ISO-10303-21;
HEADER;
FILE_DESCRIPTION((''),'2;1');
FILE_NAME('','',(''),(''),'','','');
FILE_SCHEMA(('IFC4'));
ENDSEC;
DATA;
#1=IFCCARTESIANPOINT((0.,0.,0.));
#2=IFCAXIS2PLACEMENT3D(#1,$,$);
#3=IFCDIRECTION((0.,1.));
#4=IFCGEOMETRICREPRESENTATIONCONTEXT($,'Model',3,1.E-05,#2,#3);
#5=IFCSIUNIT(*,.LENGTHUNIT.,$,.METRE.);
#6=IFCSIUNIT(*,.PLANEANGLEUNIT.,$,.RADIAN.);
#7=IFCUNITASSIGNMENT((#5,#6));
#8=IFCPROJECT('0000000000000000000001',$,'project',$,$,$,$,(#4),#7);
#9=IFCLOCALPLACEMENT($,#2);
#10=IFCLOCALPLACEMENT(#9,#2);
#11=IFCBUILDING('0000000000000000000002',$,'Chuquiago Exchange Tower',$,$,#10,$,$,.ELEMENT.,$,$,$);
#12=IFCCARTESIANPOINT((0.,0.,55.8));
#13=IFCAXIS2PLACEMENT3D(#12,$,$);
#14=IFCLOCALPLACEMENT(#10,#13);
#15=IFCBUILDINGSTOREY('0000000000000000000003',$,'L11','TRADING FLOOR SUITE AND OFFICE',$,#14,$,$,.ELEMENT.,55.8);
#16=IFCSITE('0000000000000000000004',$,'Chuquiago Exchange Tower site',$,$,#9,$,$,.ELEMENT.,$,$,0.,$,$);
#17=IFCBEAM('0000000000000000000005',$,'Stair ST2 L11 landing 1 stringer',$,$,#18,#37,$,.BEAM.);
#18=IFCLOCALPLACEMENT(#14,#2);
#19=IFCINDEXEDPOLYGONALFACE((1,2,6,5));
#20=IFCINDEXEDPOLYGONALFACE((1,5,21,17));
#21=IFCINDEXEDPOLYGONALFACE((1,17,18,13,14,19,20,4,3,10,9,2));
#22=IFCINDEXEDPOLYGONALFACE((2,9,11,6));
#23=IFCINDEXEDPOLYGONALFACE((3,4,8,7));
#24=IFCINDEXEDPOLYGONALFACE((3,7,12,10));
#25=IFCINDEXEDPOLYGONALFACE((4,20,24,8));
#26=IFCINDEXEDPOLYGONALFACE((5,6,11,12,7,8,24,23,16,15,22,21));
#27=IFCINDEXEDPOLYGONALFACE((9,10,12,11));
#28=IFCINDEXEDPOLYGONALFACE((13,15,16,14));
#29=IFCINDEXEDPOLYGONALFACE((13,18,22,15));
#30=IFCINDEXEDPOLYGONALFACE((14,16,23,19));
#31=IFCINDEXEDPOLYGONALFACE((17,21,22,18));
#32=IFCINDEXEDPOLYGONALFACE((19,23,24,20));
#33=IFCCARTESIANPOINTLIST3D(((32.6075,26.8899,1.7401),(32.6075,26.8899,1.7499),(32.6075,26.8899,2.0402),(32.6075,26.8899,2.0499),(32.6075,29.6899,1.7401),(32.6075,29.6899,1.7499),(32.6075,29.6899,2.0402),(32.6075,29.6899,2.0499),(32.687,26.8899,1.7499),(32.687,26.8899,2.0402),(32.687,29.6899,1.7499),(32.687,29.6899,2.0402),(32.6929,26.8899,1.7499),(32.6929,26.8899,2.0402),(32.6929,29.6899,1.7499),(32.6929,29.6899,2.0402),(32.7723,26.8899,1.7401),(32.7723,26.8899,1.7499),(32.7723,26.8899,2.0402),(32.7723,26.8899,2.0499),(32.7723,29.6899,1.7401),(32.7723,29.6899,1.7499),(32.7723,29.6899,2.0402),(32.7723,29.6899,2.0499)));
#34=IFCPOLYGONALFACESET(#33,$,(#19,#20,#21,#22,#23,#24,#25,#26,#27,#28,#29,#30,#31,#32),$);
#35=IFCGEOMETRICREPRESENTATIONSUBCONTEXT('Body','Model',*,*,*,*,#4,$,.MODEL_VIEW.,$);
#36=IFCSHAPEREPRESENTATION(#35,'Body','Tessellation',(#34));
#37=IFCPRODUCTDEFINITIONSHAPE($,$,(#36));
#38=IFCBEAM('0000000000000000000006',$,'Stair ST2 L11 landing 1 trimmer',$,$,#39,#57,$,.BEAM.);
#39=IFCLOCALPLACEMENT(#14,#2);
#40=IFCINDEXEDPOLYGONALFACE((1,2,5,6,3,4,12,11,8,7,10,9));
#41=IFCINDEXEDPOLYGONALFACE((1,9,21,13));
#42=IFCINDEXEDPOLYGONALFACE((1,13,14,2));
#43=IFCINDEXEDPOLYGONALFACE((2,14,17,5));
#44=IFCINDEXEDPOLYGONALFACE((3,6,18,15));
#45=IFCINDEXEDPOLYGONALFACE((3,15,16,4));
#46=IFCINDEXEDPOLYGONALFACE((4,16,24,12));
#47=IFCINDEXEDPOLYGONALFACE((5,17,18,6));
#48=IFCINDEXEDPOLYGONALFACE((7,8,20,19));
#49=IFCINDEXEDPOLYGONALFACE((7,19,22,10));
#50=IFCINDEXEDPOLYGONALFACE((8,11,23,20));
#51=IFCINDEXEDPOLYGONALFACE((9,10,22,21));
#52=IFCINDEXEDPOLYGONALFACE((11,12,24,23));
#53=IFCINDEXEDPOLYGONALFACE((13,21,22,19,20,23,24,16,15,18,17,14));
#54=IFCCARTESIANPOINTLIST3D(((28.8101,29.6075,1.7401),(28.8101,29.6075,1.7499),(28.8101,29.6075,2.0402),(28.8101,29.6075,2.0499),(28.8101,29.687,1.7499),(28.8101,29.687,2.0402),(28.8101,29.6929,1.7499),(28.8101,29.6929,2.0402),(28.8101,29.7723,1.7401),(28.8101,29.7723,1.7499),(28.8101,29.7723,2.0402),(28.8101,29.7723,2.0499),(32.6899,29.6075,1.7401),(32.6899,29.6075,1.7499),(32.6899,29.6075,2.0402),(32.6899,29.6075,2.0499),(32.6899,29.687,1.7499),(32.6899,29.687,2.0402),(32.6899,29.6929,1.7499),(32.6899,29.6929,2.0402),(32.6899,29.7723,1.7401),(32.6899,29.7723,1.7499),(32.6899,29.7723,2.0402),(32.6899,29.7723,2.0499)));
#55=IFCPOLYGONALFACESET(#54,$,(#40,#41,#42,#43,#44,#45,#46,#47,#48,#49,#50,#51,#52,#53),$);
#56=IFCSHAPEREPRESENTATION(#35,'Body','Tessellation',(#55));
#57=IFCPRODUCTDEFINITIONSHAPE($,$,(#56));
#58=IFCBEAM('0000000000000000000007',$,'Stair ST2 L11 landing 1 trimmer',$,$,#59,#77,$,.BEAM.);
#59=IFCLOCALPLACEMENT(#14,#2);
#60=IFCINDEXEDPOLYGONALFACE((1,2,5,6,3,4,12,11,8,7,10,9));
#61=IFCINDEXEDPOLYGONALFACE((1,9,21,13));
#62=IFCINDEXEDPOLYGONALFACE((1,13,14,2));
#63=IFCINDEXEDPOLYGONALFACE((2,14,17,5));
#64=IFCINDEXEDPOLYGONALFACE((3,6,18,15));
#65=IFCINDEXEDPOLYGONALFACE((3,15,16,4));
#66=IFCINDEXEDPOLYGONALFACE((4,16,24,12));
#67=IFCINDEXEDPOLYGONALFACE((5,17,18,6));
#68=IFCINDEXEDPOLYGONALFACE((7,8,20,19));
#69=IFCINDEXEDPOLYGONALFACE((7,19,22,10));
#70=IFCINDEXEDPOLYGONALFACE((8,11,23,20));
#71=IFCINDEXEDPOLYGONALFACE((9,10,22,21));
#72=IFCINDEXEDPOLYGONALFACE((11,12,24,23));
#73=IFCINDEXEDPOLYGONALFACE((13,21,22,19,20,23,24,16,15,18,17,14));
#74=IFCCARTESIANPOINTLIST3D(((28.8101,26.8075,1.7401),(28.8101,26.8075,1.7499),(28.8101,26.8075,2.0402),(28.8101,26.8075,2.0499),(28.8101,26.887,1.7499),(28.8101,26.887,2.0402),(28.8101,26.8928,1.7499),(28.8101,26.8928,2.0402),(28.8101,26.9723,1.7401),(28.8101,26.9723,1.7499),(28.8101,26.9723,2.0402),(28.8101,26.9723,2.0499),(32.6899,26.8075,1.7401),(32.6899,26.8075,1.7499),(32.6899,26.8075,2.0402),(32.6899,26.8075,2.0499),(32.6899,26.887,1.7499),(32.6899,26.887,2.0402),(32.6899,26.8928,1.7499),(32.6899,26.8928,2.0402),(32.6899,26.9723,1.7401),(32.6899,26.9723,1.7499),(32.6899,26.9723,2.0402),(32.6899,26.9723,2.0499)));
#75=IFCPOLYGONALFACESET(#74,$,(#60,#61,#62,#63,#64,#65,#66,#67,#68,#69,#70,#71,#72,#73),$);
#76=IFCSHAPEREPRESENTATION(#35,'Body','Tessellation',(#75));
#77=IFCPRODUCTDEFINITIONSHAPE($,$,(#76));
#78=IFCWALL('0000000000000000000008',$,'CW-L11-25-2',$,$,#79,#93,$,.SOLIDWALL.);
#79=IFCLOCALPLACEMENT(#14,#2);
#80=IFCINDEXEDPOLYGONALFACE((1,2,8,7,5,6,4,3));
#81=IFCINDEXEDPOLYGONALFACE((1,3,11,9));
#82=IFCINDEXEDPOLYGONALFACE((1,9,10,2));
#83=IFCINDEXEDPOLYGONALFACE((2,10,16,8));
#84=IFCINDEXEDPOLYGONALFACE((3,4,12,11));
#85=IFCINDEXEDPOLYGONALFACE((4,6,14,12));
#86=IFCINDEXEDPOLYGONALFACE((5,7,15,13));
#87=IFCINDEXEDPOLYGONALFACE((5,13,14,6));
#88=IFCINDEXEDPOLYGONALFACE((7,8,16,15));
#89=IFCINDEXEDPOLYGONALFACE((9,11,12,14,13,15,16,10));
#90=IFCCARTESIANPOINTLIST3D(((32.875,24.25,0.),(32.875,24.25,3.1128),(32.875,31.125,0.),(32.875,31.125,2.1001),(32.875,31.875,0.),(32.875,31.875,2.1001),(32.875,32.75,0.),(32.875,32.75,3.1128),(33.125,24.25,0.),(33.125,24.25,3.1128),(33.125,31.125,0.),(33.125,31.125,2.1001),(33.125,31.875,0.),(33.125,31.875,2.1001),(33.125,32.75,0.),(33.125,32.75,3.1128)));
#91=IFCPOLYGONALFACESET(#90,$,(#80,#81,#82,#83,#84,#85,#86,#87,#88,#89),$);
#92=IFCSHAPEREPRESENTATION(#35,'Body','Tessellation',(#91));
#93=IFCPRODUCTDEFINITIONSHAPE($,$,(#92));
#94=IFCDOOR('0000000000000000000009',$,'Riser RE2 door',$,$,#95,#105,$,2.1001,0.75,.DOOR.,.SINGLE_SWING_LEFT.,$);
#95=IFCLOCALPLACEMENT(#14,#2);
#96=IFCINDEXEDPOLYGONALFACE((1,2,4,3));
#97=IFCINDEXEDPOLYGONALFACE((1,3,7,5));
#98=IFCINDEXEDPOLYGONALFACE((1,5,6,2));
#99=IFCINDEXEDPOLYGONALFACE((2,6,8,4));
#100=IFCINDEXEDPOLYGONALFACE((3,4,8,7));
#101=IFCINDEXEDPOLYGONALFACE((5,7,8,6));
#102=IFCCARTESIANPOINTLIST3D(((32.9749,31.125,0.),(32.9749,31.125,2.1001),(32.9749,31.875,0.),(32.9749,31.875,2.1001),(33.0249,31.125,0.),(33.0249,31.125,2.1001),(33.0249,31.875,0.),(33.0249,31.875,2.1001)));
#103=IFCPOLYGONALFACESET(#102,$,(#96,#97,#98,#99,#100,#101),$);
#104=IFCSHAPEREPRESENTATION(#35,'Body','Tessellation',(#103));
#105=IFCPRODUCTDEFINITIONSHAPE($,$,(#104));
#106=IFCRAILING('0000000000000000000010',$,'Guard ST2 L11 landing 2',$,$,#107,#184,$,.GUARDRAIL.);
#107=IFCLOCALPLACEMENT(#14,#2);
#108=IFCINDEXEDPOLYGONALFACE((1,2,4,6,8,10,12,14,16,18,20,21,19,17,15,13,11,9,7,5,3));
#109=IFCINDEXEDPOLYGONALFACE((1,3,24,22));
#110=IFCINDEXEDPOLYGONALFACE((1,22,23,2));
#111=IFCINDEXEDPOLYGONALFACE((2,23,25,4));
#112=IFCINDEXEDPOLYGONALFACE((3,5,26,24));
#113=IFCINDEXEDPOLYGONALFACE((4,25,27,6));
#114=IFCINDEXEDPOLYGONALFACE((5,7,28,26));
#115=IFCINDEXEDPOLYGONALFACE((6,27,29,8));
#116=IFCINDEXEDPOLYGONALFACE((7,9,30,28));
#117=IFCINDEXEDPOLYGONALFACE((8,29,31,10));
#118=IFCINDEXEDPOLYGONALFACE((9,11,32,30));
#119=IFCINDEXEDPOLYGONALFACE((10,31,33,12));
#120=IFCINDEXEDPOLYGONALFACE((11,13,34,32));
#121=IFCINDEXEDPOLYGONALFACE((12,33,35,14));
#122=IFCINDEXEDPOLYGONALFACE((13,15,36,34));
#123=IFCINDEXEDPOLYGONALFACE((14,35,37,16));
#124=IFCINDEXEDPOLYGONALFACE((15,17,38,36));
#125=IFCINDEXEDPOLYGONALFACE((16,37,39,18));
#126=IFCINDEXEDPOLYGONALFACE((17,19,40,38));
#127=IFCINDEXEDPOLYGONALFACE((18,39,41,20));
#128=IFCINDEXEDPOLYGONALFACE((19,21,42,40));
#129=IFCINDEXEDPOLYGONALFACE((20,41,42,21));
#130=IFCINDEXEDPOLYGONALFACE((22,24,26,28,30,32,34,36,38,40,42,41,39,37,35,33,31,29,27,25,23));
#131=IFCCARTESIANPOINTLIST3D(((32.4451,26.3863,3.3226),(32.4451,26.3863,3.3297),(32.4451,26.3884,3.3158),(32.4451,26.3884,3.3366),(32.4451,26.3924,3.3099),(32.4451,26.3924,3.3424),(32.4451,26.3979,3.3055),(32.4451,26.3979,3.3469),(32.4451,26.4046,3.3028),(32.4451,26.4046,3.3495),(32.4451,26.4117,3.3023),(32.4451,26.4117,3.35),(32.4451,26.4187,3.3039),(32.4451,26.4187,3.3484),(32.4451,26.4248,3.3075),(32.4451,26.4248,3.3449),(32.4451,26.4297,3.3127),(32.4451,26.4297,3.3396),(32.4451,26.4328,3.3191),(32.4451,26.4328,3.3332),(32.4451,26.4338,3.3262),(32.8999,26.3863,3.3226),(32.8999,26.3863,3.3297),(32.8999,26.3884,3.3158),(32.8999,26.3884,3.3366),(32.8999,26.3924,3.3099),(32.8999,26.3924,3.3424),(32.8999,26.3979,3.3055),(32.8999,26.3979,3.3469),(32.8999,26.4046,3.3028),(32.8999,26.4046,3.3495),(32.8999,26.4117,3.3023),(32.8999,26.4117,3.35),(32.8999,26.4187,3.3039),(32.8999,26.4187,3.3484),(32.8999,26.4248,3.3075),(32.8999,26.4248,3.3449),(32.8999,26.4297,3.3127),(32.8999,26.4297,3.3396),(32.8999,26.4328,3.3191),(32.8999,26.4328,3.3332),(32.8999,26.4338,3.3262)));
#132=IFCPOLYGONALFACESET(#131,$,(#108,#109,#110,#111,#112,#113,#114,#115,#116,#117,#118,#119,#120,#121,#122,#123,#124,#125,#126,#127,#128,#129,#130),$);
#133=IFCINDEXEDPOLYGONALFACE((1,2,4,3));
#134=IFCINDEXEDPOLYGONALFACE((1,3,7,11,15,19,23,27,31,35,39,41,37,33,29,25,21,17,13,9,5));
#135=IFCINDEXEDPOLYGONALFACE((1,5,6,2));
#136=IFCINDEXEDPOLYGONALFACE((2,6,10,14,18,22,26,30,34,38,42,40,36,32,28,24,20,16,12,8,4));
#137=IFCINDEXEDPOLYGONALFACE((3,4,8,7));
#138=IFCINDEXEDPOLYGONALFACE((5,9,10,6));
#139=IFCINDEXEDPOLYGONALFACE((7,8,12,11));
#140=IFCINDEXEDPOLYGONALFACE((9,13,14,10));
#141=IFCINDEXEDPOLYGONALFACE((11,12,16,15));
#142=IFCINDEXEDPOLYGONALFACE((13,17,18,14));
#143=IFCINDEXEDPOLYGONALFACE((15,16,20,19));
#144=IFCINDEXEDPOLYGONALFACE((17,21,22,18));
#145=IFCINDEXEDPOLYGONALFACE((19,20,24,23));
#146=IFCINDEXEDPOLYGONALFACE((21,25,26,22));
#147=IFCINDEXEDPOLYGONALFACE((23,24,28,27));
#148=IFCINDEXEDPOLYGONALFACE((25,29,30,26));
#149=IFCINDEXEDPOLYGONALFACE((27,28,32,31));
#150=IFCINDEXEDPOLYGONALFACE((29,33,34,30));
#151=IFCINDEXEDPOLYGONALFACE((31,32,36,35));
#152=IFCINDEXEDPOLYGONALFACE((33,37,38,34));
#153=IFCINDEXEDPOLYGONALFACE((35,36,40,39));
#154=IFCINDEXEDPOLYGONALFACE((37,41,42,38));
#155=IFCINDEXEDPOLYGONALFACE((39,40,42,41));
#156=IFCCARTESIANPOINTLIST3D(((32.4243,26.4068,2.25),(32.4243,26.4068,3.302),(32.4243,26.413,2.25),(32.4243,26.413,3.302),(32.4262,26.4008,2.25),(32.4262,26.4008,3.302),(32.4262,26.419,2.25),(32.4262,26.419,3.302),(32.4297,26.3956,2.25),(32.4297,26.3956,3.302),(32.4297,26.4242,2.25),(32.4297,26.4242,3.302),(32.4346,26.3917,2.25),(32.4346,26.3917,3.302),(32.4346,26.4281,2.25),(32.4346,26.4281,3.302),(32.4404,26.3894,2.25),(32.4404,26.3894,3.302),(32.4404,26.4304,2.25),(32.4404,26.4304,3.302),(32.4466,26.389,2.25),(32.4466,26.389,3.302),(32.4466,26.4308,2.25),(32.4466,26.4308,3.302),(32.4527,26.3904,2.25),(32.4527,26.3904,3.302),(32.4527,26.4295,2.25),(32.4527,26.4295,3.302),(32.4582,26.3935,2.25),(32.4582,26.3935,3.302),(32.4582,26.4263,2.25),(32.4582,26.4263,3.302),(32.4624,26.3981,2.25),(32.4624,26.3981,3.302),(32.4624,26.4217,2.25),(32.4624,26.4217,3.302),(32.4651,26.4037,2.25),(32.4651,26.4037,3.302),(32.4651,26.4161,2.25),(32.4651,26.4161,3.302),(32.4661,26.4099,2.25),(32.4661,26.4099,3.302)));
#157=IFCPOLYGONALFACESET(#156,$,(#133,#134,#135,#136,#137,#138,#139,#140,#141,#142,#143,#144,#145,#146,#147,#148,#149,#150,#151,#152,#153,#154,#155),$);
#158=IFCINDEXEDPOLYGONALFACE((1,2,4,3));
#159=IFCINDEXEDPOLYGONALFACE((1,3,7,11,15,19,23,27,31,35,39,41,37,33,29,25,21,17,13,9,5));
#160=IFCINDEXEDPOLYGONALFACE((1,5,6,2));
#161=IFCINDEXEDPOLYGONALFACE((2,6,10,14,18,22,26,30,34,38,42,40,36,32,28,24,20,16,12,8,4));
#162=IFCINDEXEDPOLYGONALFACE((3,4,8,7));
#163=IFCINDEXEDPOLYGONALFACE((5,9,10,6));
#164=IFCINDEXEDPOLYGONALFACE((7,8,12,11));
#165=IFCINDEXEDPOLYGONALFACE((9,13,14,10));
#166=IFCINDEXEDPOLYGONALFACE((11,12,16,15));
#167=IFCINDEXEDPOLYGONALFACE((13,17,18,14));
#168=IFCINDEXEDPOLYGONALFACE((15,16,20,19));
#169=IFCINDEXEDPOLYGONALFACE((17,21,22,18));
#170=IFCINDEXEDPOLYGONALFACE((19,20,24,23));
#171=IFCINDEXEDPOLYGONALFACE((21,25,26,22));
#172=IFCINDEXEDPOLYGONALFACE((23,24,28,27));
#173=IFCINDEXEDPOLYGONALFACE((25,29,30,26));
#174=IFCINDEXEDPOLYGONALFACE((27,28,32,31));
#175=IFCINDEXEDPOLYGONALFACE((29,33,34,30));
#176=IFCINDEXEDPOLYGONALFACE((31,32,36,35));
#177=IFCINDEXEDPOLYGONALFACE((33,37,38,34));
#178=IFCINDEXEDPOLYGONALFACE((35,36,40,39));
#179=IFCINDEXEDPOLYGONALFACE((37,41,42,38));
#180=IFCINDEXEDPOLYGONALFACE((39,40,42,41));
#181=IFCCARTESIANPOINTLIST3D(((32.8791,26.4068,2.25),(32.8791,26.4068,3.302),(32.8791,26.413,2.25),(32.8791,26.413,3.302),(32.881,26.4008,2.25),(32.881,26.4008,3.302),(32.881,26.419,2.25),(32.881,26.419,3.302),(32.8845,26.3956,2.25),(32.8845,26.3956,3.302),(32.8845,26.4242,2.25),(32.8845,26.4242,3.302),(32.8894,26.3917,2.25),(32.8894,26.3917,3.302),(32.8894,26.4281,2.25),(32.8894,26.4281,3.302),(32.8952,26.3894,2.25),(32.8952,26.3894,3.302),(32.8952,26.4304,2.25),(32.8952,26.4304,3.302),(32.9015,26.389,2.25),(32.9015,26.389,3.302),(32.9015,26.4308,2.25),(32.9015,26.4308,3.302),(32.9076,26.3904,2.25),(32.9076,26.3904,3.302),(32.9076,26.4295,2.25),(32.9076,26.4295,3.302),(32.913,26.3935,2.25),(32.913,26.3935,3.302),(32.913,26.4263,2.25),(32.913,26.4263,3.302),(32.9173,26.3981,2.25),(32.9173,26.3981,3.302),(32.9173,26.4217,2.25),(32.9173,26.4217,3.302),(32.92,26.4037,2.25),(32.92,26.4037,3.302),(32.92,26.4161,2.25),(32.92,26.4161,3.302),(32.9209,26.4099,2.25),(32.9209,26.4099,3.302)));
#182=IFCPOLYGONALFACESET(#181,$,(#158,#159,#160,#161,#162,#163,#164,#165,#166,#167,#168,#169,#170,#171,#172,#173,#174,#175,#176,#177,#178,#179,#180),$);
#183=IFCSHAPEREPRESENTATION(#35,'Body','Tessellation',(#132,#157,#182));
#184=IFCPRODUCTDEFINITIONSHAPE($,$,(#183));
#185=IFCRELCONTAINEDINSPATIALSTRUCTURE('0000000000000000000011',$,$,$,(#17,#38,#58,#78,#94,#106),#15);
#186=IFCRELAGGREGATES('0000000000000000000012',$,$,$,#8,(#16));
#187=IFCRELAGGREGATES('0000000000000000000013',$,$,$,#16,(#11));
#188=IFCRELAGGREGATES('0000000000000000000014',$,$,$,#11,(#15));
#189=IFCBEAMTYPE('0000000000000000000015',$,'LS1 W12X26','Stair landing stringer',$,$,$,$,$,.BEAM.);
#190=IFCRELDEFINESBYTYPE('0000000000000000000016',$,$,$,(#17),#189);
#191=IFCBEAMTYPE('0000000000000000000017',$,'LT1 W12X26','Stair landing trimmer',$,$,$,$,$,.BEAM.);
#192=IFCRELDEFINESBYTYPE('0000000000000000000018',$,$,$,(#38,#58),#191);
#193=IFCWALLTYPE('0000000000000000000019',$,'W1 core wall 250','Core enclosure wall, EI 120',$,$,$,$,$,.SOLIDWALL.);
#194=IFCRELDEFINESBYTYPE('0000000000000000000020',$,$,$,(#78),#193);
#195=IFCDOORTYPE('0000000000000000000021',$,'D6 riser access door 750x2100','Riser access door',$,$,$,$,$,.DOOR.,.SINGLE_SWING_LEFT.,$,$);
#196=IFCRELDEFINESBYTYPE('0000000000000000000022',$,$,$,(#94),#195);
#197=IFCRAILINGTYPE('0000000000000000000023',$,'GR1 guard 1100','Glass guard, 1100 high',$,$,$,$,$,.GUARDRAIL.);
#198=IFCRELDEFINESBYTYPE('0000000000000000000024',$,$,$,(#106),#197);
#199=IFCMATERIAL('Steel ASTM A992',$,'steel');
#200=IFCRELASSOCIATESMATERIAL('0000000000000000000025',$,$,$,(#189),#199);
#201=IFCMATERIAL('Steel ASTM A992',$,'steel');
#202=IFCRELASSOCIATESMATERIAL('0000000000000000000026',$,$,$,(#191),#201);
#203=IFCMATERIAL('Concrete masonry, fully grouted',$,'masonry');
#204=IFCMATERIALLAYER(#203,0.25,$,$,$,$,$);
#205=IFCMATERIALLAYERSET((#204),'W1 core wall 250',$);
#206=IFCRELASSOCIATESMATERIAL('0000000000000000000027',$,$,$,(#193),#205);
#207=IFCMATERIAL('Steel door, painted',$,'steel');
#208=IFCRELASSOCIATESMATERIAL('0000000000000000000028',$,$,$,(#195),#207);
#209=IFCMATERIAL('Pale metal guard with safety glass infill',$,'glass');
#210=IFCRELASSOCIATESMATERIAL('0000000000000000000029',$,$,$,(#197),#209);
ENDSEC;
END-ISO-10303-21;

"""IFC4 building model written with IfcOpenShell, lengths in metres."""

from ifc_helpers import new_model, si_unit, direction, frame, frame_2d, origin, origin_2d, place, context, subcontext, project, spatial, rectangle, circle, i_section, extrude, material, layer, layer_set, material_profile, profile_set, type_object, element, fill, save


model = new_model("IFC4")

# Units and contexts
model_context = context("Model", 3, precision=1e-05, world=origin(), true_north=direction((0.0, 1.0)))
body_context = subcontext(model_context, "Body", "Model", "MODEL_VIEW")
ifc_project = project(units=[si_unit("LENGTHUNIT", "METRE"), si_unit("PLANEANGLEUNIT", "RADIAN")], contexts=[model_context])

# Site, building, storey
site_placement = place(None, origin())
site = spatial("IfcSite", under=ifc_project, at=site_placement, Name="Chuquiago Exchange Tower site", CompositionType="ELEMENT", RefElevation=0.0)
building_placement = place(site_placement, origin())
building = spatial("IfcBuilding", under=site, at=building_placement, Name="Chuquiago Exchange Tower", CompositionType="ELEMENT")
storey_placement = place(building_placement, frame((0.0, 0.0, 55.8)))
storey = spatial("IfcBuildingStorey", under=building, at=storey_placement, Name="L11", Description="TRADING FLOOR SUITE AND OFFICE", CompositionType="ELEMENT", Elevation=55.8)

# Beams
ifc_material_1 = material(Name="Steel ASTM A992", Category="steel")
ifc_material_profile_1 = material_profile(ifc_material_1, i_section(OverallWidth=0.1648, OverallDepth=0.3098, WebThickness=0.0059, FlangeThickness=0.0098, at=origin_2d()), Name="W12X26")
ifc_profile_set_1 = profile_set([ifc_material_profile_1], Name="Steel ASTM A992")
beam_type_1 = type_object("IfcBeamType", Name="LS1 W12X26", Description="Stair landing stringer", PredefinedType="BEAM", material=ifc_profile_set_1)
for number, where, z_axis, x_axis, name in (
    (1, (32.6899, 26.8899, 1.895), (0.0, 1.0, 0.0), (-1.0, 0.0, 0.0), "Stair ST2 L11 landing 1 stringer"),
):
    element("IfcBeam", number, at=place(storey_placement, frame(where, z_axis=z_axis, x_axis=x_axis)), inside=storey, type_object=beam_type_1, Name=name, PredefinedType="BEAM", context=body_context, shape_type="SweptSolid", body=[
        extrude(i_section(OverallWidth=0.1648, OverallDepth=0.3098, WebThickness=0.0059, FlangeThickness=0.0098, at=origin_2d()), origin(), (0.0, 0.0, 1.0), 2.8),
    ])
ifc_material_2 = material(Name="Steel ASTM A992", Category="steel")
ifc_material_profile_2 = material_profile(ifc_material_2, i_section(OverallWidth=0.1648, OverallDepth=0.3098, WebThickness=0.0059, FlangeThickness=0.0098, at=origin_2d()), Name="W12X26")
ifc_profile_set_2 = profile_set([ifc_material_profile_2], Name="Steel ASTM A992")
beam_type_2 = type_object("IfcBeamType", Name="LT1 W12X26", Description="Stair landing trimmer", PredefinedType="BEAM", material=ifc_profile_set_2)
for number, where, z_axis, x_axis, name in (
    (2, (28.8101, 29.6899, 1.895), (1.0, 0.0, 0.0), (0.0, 1.0, 0.0), "Stair ST2 L11 landing 1 trimmer"),
    (3, (28.8101, 26.8899, 1.895), (1.0, 0.0, 0.0), (0.0, 1.0, 0.0), "Stair ST2 L11 landing 1 trimmer"),
):
    element("IfcBeam", number, at=place(storey_placement, frame(where, z_axis=z_axis, x_axis=x_axis)), inside=storey, type_object=beam_type_2, Name=name, PredefinedType="BEAM", context=body_context, shape_type="SweptSolid", body=[
        extrude(i_section(OverallWidth=0.1648, OverallDepth=0.3098, WebThickness=0.0059, FlangeThickness=0.0098, at=origin_2d()), origin(), (0.0, 0.0, 1.0), 3.8799),
    ])

# Wall, opening, door
ifc_material_3 = material(Name="Concrete masonry, fully grouted", Category="masonry")
ifc_layer = layer(ifc_material_3, 0.25)
ifc_layer_set = layer_set([ifc_layer], Name="W1 core wall 250")
wall_type = type_object("IfcWallType", Name="W1 core wall 250", Description="Core enclosure wall, EI 120", PredefinedType="SOLIDWALL", material=ifc_layer_set)
wall_placement = place(storey_placement, frame((33.0, 24.25, 0.0), z_axis=(0.0, 0.0, 1.0), x_axis=(0.0, 1.0, 0.0)))
wall = element("IfcWall", 4, at=wall_placement, inside=storey, type_object=wall_type, Name="CW-L11-25-2", PredefinedType="SOLIDWALL", context=body_context, shape_type="SweptSolid", body=[
    extrude(rectangle(XDim=8.5, YDim=0.25, at=frame_2d((4.25, 0.0))), origin(), (0.0, 0.0, 1.0), 3.1128),
])
opening_placement = place(wall_placement, frame((6.875, 0.0, 0.0)))
opening = element("IfcOpeningElement", 5, at=opening_placement, cuts=wall, PredefinedType="OPENING", context=body_context, shape_type="SweptSolid", body=[
    extrude(rectangle(XDim=0.75, YDim=2.1001, at=frame_2d((0.375, 1.05))), frame((0.0, 0.135, 0.0), z_axis=(0.0, -1.0, 0.0), x_axis=(1.0, 0.0, 0.0)), (0.0, 0.0, 1.0), 0.27),
])
ifc_material_4 = material(Name="Steel door, painted", Category="steel")
door_type = type_object("IfcDoorType", Name="D6 riser access door 750x2100", Description="Riser access door", OperationType="SINGLE_SWING_LEFT", PredefinedType="DOOR", material=ifc_material_4)
door_placement = place(opening_placement, frame((0.75, 0.0, 0.0), z_axis=(0.0, 0.0, 1.0), x_axis=(-1.0, 0.0, 0.0)))
door = element("IfcDoor", 6, at=door_placement, inside=storey, type_object=door_type, Name="Riser RE2 door", OperationType="SINGLE_SWING_LEFT", OverallHeight=2.1001, OverallWidth=0.75, PredefinedType="DOOR", context=body_context, shape_type="SweptSolid", body=[
    extrude(rectangle(XDim=0.75, YDim=2.1001, at=frame_2d((0.375, 1.05))), frame((0.0, 0.0249, 0.0), z_axis=(0.0, -1.0, 0.0), x_axis=(1.0, 0.0, 0.0)), (0.0, 0.0, 1.0), 0.05),
])
fill(opening, door)

# Railing
ifc_material_5 = material(Name="Pale metal guard with safety glass infill", Category="glass")
railing_type_1 = type_object("IfcRailingType", Name="GR1 guard 1100", Description="Glass guard, 1100 high", PredefinedType="GUARDRAIL", material=ifc_material_5)
railing_placement = place(storey_placement, frame((32.4451, 26.4099, 2.25)))
element("IfcRailing", 7, at=railing_placement, inside=storey, type_object=railing_type_1, Name="Guard ST2 L11 landing 2", PredefinedType="GUARDRAIL", context=body_context, shape_type="SweptSolid", body=[
    extrude(circle(Radius=0.0239, at=origin_2d()), frame((0.0, 0.0, 1.0762), z_axis=(1.0, 0.0, 0.0), x_axis=(0.0, 1.0, 0.0)), (0.0, 0.0, 1.0), 0.4548),
    extrude(circle(Radius=0.021, at=origin_2d()), origin(), (0.0, 0.0, 1.0), 1.052),
    extrude(circle(Radius=0.021, at=origin_2d()), frame((0.4548, 0.0, 0.0)), (0.0, 0.0, 1.0), 1.052),
])

save(model, "model.ifc")
